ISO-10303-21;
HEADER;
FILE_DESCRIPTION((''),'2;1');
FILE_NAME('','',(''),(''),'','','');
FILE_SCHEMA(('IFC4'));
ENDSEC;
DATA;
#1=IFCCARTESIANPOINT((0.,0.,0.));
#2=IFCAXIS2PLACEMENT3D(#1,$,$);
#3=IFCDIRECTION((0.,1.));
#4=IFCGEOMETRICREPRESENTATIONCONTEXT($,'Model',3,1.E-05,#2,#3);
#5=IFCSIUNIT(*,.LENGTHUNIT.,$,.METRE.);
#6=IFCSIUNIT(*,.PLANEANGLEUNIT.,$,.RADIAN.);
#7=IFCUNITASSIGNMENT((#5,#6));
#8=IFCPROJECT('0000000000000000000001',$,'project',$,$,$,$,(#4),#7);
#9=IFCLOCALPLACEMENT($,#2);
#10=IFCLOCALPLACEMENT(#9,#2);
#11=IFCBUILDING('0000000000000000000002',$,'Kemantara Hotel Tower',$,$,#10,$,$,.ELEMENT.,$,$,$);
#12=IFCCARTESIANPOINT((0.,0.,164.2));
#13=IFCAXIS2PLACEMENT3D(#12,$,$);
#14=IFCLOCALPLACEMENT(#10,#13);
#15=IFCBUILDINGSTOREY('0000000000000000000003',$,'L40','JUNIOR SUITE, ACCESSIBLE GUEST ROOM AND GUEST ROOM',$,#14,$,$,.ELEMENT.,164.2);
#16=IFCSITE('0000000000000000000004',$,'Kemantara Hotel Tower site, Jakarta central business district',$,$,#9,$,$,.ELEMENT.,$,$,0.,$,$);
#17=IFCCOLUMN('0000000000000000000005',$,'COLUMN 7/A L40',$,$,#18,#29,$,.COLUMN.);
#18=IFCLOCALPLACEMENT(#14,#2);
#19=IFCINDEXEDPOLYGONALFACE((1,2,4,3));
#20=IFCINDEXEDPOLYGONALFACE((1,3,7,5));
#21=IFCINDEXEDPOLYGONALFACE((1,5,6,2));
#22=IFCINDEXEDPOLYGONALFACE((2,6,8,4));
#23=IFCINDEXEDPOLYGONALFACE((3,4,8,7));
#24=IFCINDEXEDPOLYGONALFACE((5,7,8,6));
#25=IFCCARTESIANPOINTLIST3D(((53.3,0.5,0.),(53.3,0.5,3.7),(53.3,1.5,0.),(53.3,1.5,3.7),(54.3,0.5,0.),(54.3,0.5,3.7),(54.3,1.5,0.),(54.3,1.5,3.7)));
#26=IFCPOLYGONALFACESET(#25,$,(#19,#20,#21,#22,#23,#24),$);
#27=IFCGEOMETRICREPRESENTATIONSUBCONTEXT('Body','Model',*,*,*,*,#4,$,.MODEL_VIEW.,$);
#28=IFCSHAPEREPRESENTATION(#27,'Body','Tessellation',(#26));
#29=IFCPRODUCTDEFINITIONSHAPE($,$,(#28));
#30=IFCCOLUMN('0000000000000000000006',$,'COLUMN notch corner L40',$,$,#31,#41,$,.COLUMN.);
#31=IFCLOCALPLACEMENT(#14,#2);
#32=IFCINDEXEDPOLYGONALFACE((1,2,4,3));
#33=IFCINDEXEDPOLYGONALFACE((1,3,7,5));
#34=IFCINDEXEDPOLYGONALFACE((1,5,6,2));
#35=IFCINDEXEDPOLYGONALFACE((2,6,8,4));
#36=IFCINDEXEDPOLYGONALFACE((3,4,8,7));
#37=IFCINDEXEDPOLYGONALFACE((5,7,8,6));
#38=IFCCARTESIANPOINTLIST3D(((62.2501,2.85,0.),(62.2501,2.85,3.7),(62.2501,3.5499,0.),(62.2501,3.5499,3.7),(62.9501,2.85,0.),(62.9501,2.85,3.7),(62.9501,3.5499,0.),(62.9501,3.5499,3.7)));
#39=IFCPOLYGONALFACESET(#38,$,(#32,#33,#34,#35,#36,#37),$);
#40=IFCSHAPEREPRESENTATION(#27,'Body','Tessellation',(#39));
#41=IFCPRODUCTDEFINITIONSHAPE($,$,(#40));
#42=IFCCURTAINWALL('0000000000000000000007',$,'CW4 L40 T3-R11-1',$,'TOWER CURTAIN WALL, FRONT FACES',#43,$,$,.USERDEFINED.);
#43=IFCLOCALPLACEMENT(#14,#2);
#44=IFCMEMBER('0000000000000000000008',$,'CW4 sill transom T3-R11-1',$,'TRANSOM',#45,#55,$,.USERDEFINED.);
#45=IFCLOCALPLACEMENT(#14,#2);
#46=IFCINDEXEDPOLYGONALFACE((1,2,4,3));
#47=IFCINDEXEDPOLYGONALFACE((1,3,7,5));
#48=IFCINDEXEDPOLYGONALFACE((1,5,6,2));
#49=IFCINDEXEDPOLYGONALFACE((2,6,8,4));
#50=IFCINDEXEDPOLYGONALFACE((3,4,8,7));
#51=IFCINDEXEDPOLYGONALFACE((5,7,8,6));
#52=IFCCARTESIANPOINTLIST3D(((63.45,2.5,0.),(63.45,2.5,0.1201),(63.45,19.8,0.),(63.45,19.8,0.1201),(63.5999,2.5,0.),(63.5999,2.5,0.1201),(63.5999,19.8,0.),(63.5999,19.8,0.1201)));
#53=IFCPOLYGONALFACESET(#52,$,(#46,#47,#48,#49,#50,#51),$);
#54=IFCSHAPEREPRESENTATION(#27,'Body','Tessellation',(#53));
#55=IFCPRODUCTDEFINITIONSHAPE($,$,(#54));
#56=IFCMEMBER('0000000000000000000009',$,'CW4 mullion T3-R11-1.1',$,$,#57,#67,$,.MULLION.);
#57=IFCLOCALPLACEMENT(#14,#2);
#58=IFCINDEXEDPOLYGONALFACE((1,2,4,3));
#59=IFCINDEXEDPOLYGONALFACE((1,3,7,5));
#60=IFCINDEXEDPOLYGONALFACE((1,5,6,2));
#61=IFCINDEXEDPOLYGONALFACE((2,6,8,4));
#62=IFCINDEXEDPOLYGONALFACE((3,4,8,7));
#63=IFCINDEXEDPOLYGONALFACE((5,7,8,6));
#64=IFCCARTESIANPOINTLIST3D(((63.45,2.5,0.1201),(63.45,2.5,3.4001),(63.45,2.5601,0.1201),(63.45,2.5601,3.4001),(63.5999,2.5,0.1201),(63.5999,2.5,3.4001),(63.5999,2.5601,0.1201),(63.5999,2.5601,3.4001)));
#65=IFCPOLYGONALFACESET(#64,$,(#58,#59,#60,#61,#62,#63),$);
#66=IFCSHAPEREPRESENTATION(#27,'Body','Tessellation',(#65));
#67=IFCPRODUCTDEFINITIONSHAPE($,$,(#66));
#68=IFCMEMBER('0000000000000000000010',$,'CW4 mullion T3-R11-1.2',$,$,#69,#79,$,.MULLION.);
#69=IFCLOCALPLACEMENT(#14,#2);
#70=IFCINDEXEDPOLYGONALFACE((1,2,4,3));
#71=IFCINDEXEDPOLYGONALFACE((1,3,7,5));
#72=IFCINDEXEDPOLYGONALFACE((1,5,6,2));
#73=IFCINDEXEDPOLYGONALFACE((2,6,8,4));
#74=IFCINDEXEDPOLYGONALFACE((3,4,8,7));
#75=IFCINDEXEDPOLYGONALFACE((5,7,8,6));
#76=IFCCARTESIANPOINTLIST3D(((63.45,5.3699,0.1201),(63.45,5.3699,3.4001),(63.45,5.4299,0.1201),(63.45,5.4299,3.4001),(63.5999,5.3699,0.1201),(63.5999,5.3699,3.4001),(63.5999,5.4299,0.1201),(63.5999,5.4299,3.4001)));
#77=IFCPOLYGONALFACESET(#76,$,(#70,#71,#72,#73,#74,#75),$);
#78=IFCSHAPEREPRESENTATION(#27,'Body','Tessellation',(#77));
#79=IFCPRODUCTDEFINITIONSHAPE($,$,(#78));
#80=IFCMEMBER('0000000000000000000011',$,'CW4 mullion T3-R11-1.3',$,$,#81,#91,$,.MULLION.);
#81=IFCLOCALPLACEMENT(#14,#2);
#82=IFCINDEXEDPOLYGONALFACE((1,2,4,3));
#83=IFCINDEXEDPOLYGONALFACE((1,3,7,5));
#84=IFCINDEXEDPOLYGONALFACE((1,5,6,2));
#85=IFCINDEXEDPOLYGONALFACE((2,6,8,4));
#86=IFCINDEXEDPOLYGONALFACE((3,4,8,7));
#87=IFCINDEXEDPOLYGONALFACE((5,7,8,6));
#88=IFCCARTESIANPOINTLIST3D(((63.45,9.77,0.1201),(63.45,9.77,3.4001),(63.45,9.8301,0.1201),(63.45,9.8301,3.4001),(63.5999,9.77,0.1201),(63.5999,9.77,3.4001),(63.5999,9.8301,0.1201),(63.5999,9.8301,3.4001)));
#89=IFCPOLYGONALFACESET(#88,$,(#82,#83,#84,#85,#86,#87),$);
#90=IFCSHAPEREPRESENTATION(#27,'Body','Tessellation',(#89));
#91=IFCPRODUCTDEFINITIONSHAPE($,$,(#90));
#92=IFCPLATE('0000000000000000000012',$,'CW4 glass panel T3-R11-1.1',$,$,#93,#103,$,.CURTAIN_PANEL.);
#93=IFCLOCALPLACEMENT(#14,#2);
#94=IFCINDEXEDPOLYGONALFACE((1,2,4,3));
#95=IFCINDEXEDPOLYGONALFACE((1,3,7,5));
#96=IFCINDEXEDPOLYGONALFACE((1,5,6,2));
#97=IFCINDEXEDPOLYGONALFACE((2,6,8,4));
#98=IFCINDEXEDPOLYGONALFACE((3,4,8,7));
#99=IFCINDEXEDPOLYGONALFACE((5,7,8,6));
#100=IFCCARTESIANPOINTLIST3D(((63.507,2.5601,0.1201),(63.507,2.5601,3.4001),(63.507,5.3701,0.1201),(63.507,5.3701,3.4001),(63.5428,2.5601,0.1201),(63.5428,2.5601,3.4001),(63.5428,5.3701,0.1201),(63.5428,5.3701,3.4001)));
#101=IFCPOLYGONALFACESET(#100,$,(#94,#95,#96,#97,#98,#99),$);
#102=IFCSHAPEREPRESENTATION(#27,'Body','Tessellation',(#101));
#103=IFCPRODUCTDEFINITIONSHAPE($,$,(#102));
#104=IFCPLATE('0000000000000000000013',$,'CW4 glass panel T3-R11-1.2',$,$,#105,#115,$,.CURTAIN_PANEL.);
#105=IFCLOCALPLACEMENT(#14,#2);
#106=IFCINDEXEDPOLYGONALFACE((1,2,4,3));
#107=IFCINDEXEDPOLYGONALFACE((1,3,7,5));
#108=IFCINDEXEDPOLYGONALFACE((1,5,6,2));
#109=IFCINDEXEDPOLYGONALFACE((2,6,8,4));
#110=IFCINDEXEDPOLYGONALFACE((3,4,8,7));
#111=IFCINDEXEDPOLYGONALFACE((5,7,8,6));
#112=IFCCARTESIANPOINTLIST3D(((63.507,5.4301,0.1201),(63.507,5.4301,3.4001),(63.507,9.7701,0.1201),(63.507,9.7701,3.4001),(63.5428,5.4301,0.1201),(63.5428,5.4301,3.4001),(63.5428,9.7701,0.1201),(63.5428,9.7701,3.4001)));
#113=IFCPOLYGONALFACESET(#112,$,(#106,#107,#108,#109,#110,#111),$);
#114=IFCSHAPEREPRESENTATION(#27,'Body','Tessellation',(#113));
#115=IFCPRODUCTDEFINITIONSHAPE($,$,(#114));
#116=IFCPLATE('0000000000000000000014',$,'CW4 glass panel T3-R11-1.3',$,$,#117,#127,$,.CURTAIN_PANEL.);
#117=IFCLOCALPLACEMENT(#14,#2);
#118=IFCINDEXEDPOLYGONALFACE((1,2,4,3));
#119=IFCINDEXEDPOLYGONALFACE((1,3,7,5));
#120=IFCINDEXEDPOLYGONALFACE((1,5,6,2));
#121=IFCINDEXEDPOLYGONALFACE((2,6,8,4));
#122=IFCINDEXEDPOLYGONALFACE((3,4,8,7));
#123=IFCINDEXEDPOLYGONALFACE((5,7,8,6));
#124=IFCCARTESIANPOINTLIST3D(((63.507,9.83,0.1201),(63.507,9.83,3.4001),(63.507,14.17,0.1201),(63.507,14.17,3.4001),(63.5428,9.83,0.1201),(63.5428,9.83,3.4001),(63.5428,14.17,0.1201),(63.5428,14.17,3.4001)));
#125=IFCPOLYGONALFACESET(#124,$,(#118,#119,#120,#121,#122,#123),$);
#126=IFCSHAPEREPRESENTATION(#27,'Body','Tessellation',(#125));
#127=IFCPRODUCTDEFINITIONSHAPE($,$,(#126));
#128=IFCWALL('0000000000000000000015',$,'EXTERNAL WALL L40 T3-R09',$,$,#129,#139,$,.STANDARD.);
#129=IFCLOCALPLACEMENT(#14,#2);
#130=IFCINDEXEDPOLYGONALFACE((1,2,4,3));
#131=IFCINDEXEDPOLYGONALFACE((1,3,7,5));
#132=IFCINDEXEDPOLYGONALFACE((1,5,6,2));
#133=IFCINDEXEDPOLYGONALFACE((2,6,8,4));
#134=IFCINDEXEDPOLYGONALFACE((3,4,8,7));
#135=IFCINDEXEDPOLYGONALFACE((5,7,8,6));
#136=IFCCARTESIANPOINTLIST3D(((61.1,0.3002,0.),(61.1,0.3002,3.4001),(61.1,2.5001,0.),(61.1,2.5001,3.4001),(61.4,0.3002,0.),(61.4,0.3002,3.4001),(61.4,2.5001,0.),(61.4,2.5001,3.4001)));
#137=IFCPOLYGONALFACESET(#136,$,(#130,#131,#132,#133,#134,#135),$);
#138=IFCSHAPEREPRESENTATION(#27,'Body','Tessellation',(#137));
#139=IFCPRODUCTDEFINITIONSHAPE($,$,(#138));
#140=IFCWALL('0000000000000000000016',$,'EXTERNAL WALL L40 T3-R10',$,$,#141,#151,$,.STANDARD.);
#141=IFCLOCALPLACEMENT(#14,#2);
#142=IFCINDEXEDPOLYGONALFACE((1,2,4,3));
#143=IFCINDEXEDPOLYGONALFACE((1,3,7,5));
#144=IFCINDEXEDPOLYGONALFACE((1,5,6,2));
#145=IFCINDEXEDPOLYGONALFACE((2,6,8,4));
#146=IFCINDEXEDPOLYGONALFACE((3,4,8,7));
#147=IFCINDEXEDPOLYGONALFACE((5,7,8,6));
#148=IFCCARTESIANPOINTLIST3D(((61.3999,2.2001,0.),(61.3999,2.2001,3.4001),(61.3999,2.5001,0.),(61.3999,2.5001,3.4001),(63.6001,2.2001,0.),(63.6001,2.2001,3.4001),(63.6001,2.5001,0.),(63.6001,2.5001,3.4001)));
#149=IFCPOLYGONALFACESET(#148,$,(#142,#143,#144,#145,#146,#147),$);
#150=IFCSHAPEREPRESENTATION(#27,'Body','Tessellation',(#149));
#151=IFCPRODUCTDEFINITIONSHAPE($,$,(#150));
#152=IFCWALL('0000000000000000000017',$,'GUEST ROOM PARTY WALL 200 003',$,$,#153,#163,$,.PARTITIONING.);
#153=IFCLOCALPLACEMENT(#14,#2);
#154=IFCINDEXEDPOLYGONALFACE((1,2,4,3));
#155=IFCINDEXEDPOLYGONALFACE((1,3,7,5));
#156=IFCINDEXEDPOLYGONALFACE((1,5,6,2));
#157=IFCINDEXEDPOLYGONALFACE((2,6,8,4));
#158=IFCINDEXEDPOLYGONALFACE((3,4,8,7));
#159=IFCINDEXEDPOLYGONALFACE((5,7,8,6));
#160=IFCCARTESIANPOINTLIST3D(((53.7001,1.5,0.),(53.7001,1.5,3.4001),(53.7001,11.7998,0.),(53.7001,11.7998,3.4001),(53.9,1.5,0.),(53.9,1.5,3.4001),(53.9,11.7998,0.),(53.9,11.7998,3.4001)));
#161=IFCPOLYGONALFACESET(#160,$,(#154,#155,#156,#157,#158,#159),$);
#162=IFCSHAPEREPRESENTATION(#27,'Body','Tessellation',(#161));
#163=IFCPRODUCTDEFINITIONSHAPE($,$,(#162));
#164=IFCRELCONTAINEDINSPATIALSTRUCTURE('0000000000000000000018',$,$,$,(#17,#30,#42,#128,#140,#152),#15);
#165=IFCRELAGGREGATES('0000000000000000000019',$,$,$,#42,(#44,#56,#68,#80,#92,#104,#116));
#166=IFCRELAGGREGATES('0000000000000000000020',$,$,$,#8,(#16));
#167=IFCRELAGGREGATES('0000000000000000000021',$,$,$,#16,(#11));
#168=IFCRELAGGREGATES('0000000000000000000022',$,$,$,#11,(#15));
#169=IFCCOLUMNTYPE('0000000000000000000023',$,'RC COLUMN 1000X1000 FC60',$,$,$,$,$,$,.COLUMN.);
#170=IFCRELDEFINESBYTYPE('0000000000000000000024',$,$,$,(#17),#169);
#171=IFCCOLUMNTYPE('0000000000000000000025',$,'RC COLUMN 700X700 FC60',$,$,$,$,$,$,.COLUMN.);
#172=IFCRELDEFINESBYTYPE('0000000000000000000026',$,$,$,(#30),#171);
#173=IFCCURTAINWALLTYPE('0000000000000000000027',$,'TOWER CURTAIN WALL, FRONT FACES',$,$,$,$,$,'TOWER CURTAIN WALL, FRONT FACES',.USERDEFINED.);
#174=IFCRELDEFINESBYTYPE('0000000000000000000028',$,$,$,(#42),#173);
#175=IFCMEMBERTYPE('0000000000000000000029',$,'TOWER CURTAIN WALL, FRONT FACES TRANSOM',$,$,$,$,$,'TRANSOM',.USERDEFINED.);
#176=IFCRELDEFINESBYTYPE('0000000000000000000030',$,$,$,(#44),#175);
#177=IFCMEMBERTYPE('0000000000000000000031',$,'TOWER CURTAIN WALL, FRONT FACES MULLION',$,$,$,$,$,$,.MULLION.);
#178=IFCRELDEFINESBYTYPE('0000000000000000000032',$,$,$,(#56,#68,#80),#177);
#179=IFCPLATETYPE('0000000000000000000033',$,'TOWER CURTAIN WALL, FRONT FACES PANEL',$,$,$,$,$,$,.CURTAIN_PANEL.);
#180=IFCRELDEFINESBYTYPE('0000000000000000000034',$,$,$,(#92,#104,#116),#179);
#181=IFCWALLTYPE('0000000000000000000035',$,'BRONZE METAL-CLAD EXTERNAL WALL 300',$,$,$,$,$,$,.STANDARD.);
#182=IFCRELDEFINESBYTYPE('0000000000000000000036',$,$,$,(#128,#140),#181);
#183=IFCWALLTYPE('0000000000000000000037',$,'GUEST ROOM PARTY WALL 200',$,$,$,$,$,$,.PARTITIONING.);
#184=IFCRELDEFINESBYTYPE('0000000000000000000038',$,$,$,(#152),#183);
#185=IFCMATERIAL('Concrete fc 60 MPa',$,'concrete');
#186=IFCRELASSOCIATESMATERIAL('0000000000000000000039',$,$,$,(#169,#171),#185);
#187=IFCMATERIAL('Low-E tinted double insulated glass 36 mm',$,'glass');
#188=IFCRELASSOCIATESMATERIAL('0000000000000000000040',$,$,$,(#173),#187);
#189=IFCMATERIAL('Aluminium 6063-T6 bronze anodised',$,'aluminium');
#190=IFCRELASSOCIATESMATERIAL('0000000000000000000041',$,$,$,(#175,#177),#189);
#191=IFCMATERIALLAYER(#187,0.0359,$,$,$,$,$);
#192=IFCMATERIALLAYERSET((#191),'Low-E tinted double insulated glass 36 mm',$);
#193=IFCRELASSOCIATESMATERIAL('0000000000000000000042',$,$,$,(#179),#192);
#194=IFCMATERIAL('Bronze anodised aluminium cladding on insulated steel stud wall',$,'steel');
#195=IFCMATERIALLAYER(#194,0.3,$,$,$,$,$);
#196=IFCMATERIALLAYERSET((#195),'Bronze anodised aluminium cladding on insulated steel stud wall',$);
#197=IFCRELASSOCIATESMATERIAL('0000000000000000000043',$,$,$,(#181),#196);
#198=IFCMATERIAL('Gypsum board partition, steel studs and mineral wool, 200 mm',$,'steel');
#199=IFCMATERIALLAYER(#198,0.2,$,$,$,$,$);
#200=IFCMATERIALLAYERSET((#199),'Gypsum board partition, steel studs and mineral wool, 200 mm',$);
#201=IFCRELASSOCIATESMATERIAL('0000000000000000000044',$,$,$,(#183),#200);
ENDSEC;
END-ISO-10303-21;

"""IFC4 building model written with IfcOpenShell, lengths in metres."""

from ifc_helpers import new_model, si_unit, direction, frame, frame_2d, origin, origin_2d, place, context, subcontext, project, spatial, rectangle, extrude, source, transform, mapped, material, layer, layer_set, material_profile, profile_set, type_object, element, aggregate, save


model = new_model("IFC4")

# Units and contexts
model_context = context("Model", 3, precision=1e-05, world=origin(), true_north=direction((0.0, 1.0)))
body_context = subcontext(model_context, "Body", "Model", "MODEL_VIEW")
ifc_project = project(units=[si_unit("LENGTHUNIT", "METRE"), si_unit("PLANEANGLEUNIT", "RADIAN")], contexts=[model_context])

# Site, building, storey
site_placement = place(None, origin())
site = spatial("IfcSite", under=ifc_project, at=site_placement, Name="Kemantara Hotel Tower site, Jakarta central business district", CompositionType="ELEMENT", RefElevation=0.0)
building_placement = place(site_placement, origin())
building = spatial("IfcBuilding", under=site, at=building_placement, Name="Kemantara Hotel Tower", CompositionType="ELEMENT")
storey_placement = place(building_placement, frame((0.0, 0.0, 164.2)))
storey = spatial("IfcBuildingStorey", under=building, at=storey_placement, Name="L40", Description="JUNIOR SUITE, ACCESSIBLE GUEST ROOM AND GUEST ROOM", CompositionType="ELEMENT", Elevation=164.2)

# Columns
ifc_material_1 = material(Name="Concrete fc 60 MPa", Category="concrete")
ifc_material_profile_1 = material_profile(ifc_material_1, rectangle(XDim=1.0, YDim=1.0, at=origin_2d()), Name="RC 1000X1000")
ifc_profile_set_1 = profile_set([ifc_material_profile_1], Name="Concrete fc 60 MPa")
column_type_1 = type_object("IfcColumnType", Name="RC COLUMN 1000X1000 FC60", PredefinedType="COLUMN", material=ifc_profile_set_1)
column_1_placement = place(storey_placement, frame((53.8, 1.0, 0.0), z_axis=(0.0, 0.0, 1.0), x_axis=(1.0, 0.0, 0.0)))
element("IfcColumn", 1, at=column_1_placement, inside=storey, type_object=column_type_1, Name="COLUMN 7/A L40", PredefinedType="COLUMN", context=body_context, shape_type="SweptSolid", body=[
    extrude(rectangle(XDim=1.0, YDim=1.0, at=origin_2d()), origin(), (0.0, 0.0, 1.0), 3.7),
])
ifc_material_profile_2 = material_profile(ifc_material_1, rectangle(XDim=0.7, YDim=0.7, at=origin_2d()), Name="RC 700X700")
ifc_profile_set_2 = profile_set([ifc_material_profile_2], Name="Concrete fc 60 MPa")
column_type_2 = type_object("IfcColumnType", Name="RC COLUMN 700X700 FC60", PredefinedType="COLUMN", material=ifc_profile_set_2)
column_2_placement = place(storey_placement, frame((62.6001, 3.2, 0.0), z_axis=(0.0, 0.0, 1.0), x_axis=(1.0, 0.0, 0.0)))
element("IfcColumn", 2, at=column_2_placement, inside=storey, type_object=column_type_2, Name="COLUMN notch corner L40", PredefinedType="COLUMN", context=body_context, shape_type="SweptSolid", body=[
    extrude(rectangle(XDim=0.7, YDim=0.7, at=origin_2d()), origin(), (0.0, 0.0, 1.0), 3.7),
])

# Curtain wall, members, plates
ifc_material_2 = material(Name="Low-E tinted double insulated glass 36 mm", Category="glass")
curtain_wall_type = type_object("IfcCurtainWallType", Name="TOWER CURTAIN WALL, FRONT FACES", ElementType="TOWER CURTAIN WALL, FRONT FACES", PredefinedType="USERDEFINED", material=ifc_material_2)
curtain_wall_placement = place(storey_placement, origin())
curtain_wall = element("IfcCurtainWall", 3, at=curtain_wall_placement, inside=storey, type_object=curtain_wall_type, Name="CW4 L40 T3-R11-1", ObjectType="TOWER CURTAIN WALL, FRONT FACES", PredefinedType="USERDEFINED")
ifc_material_3 = material(Name="Aluminium 6063-T6 bronze anodised", Category="aluminium")
ifc_material_profile_3 = material_profile(ifc_material_3, rectangle(XDim=0.1499, YDim=0.1201, at=origin_2d()), Name="TOWER CURTAIN WALL, FRONT FACES TRANSOM")
ifc_profile_set_3 = profile_set([ifc_material_profile_3], Name="Aluminium 6063-T6 bronze anodised")
member_type_1 = type_object("IfcMemberType", Name="TOWER CURTAIN WALL, FRONT FACES TRANSOM", ElementType="TRANSOM", PredefinedType="USERDEFINED", material=ifc_profile_set_3)
member_1_placement = place(storey_placement, frame((63.5249, 2.5, 0.0601), z_axis=(0.0, 1.0, 0.0), x_axis=(-1.0, 0.0, 0.0)))
member_1 = element("IfcMember", 4, at=member_1_placement, type_object=member_type_1, Name="CW4 sill transom T3-R11-1", ObjectType="TRANSOM", PredefinedType="USERDEFINED", context=body_context, shape_type="SweptSolid", body=[
    extrude(rectangle(XDim=0.1499, YDim=0.1201, at=origin_2d()), origin(), (0.0, 0.0, 1.0), 17.3),
])
ifc_material_profile_4 = material_profile(ifc_material_3, rectangle(XDim=0.1499, YDim=0.0601, at=origin_2d()), Name="TOWER CURTAIN WALL, FRONT FACES MULLION")
ifc_profile_set_4 = profile_set([ifc_material_profile_4], Name="Aluminium 6063-T6 bronze anodised")
member_type_2 = type_object("IfcMemberType", Name="TOWER CURTAIN WALL, FRONT FACES MULLION", PredefinedType="MULLION", material=ifc_profile_set_4)
shared_shape_1 = source(origin(), body_context, "Body", "SweptSolid", [
    extrude(rectangle(XDim=0.1499, YDim=0.0601, at=origin_2d()), origin(), (0.0, 0.0, 1.0), 3.28),
])
member_2_placement = place(storey_placement, frame((63.5249, 2.53, 0.1201), z_axis=(0.0, 0.0, 1.0), x_axis=(-1.0, 0.0, 0.0)))
member_2 = element("IfcMember", 5, at=member_2_placement, type_object=member_type_2, Name="CW4 mullion T3-R11-1.1", PredefinedType="MULLION", context=body_context, shape_type="MappedRepresentation", body=[
    mapped(shared_shape_1, transform((0.0, 0.0, 0.0))),
])
member_3_placement = place(storey_placement, frame((63.5249, 5.3999, 0.1201), z_axis=(0.0, 0.0, 1.0), x_axis=(-1.0, 0.0, 0.0)))
member_3 = element("IfcMember", 6, at=member_3_placement, type_object=member_type_2, Name="CW4 mullion T3-R11-1.2", PredefinedType="MULLION", context=body_context, shape_type="MappedRepresentation", body=[
    mapped(shared_shape_1, transform((0.0, 0.0, 0.0))),
])
member_4_placement = place(storey_placement, frame((63.5249, 9.8, 0.1201), z_axis=(0.0, 0.0, 1.0), x_axis=(-1.0, 0.0, 0.0)))
member_4 = element("IfcMember", 7, at=member_4_placement, type_object=member_type_2, Name="CW4 mullion T3-R11-1.3", PredefinedType="MULLION", context=body_context, shape_type="MappedRepresentation", body=[
    mapped(shared_shape_1, transform((0.0, 0.0, 0.0))),
])
ifc_layer_1 = layer(ifc_material_2, 0.0359)
ifc_layer_set_1 = layer_set([ifc_layer_1], Name="Low-E tinted double insulated glass 36 mm")
plate_type = type_object("IfcPlateType", Name="TOWER CURTAIN WALL, FRONT FACES PANEL", PredefinedType="CURTAIN_PANEL", material=ifc_layer_set_1)
shared_shape_2 = source(origin(), body_context, "Body", "SweptSolid", [
    extrude(rectangle(XDim=2.8101, YDim=0.0359, at=origin_2d()), origin(), (0.0, 0.0, 1.0), 3.28),
])
plate_1_placement = place(storey_placement, frame((63.5249, 3.9651, 0.1201), z_axis=(0.0, 0.0, 1.0), x_axis=(0.0, 1.0, 0.0)))
plate_1 = element("IfcPlate", 8, at=plate_1_placement, type_object=plate_type, Name="CW4 glass panel T3-R11-1.1", PredefinedType="CURTAIN_PANEL", context=body_context, shape_type="MappedRepresentation", body=[
    mapped(shared_shape_2, transform((0.0, 0.0, 0.0))),
])
shared_shape_3 = source(origin(), body_context, "Body", "SweptSolid", [
    extrude(rectangle(XDim=4.3401, YDim=0.0359, at=origin_2d()), origin(), (0.0, 0.0, 1.0), 3.28),
])
plate_2_placement = place(storey_placement, frame((63.5249, 7.6001, 0.1201), z_axis=(0.0, 0.0, 1.0), x_axis=(0.0, 1.0, 0.0)))
plate_2 = element("IfcPlate", 9, at=plate_2_placement, type_object=plate_type, Name="CW4 glass panel T3-R11-1.2", PredefinedType="CURTAIN_PANEL", context=body_context, shape_type="MappedRepresentation", body=[
    mapped(shared_shape_3, transform((0.0, 0.0, 0.0))),
])
plate_3_placement = place(storey_placement, frame((63.5249, 12.0, 0.1201), z_axis=(0.0, 0.0, 1.0), x_axis=(0.0, 1.0, 0.0)))
plate_3 = element("IfcPlate", 10, at=plate_3_placement, type_object=plate_type, Name="CW4 glass panel T3-R11-1.3", PredefinedType="CURTAIN_PANEL", context=body_context, shape_type="MappedRepresentation", body=[
    mapped(shared_shape_3, transform((0.0, 0.0, 0.0))),
])
aggregate(curtain_wall, [member_1, member_2, member_3, member_4, plate_1, plate_2, plate_3])

# Walls
ifc_material_4 = material(Name="Bronze anodised aluminium cladding on insulated steel stud wall", Category="steel")
ifc_layer_2 = layer(ifc_material_4, 0.3)
ifc_layer_set_2 = layer_set([ifc_layer_2], Name="Bronze anodised aluminium cladding on insulated steel stud wall")
wall_type_1 = type_object("IfcWallType", Name="BRONZE METAL-CLAD EXTERNAL WALL 300", PredefinedType="STANDARD", material=ifc_layer_set_2)
wall_1_placement = place(storey_placement, frame((61.25, 0.3, 0.0), z_axis=(0.0, 0.0, 1.0), x_axis=(0.0, 1.0, 0.0)))
element("IfcWall", 11, at=wall_1_placement, inside=storey, type_object=wall_type_1, Name="EXTERNAL WALL L40 T3-R09", PredefinedType="STANDARD", context=body_context, shape_type="SweptSolid", body=[
    extrude(rectangle(XDim=2.2, YDim=0.3, at=frame_2d((1.1001, 0.0))), origin(), (0.0, 0.0, 1.0), 3.4001),
])
wall_2_placement = place(storey_placement, frame((61.3999, 2.3501, 0.0), z_axis=(0.0, 0.0, 1.0), x_axis=(1.0, 0.0, 0.0)))
element("IfcWall", 12, at=wall_2_placement, inside=storey, type_object=wall_type_1, Name="EXTERNAL WALL L40 T3-R10", PredefinedType="STANDARD", context=body_context, shape_type="SweptSolid", body=[
    extrude(rectangle(XDim=2.2002, YDim=0.3, at=frame_2d((1.1001, 0.0))), origin(), (0.0, 0.0, 1.0), 3.4001),
])
ifc_material_5 = material(Name="Gypsum board partition, steel studs and mineral wool, 200 mm", Category="steel")
ifc_layer_3 = layer(ifc_material_5, 0.2)
ifc_layer_set_3 = layer_set([ifc_layer_3], Name="Gypsum board partition, steel studs and mineral wool, 200 mm")
wall_type_2 = type_object("IfcWallType", Name="GUEST ROOM PARTY WALL 200", PredefinedType="PARTITIONING", material=ifc_layer_set_3)
wall_3_placement = place(storey_placement, frame((53.8, 1.5, 0.0), z_axis=(0.0, 0.0, 1.0), x_axis=(0.0, 1.0, 0.0)))
element("IfcWall", 13, at=wall_3_placement, inside=storey, type_object=wall_type_2, Name="GUEST ROOM PARTY WALL 200 003", PredefinedType="PARTITIONING", context=body_context, shape_type="SweptSolid", body=[
    extrude(rectangle(XDim=10.2998, YDim=0.2, at=frame_2d((5.1499, 0.0))), origin(), (0.0, 0.0, 1.0), 3.4001),
])

save(model, "model.ifc")
